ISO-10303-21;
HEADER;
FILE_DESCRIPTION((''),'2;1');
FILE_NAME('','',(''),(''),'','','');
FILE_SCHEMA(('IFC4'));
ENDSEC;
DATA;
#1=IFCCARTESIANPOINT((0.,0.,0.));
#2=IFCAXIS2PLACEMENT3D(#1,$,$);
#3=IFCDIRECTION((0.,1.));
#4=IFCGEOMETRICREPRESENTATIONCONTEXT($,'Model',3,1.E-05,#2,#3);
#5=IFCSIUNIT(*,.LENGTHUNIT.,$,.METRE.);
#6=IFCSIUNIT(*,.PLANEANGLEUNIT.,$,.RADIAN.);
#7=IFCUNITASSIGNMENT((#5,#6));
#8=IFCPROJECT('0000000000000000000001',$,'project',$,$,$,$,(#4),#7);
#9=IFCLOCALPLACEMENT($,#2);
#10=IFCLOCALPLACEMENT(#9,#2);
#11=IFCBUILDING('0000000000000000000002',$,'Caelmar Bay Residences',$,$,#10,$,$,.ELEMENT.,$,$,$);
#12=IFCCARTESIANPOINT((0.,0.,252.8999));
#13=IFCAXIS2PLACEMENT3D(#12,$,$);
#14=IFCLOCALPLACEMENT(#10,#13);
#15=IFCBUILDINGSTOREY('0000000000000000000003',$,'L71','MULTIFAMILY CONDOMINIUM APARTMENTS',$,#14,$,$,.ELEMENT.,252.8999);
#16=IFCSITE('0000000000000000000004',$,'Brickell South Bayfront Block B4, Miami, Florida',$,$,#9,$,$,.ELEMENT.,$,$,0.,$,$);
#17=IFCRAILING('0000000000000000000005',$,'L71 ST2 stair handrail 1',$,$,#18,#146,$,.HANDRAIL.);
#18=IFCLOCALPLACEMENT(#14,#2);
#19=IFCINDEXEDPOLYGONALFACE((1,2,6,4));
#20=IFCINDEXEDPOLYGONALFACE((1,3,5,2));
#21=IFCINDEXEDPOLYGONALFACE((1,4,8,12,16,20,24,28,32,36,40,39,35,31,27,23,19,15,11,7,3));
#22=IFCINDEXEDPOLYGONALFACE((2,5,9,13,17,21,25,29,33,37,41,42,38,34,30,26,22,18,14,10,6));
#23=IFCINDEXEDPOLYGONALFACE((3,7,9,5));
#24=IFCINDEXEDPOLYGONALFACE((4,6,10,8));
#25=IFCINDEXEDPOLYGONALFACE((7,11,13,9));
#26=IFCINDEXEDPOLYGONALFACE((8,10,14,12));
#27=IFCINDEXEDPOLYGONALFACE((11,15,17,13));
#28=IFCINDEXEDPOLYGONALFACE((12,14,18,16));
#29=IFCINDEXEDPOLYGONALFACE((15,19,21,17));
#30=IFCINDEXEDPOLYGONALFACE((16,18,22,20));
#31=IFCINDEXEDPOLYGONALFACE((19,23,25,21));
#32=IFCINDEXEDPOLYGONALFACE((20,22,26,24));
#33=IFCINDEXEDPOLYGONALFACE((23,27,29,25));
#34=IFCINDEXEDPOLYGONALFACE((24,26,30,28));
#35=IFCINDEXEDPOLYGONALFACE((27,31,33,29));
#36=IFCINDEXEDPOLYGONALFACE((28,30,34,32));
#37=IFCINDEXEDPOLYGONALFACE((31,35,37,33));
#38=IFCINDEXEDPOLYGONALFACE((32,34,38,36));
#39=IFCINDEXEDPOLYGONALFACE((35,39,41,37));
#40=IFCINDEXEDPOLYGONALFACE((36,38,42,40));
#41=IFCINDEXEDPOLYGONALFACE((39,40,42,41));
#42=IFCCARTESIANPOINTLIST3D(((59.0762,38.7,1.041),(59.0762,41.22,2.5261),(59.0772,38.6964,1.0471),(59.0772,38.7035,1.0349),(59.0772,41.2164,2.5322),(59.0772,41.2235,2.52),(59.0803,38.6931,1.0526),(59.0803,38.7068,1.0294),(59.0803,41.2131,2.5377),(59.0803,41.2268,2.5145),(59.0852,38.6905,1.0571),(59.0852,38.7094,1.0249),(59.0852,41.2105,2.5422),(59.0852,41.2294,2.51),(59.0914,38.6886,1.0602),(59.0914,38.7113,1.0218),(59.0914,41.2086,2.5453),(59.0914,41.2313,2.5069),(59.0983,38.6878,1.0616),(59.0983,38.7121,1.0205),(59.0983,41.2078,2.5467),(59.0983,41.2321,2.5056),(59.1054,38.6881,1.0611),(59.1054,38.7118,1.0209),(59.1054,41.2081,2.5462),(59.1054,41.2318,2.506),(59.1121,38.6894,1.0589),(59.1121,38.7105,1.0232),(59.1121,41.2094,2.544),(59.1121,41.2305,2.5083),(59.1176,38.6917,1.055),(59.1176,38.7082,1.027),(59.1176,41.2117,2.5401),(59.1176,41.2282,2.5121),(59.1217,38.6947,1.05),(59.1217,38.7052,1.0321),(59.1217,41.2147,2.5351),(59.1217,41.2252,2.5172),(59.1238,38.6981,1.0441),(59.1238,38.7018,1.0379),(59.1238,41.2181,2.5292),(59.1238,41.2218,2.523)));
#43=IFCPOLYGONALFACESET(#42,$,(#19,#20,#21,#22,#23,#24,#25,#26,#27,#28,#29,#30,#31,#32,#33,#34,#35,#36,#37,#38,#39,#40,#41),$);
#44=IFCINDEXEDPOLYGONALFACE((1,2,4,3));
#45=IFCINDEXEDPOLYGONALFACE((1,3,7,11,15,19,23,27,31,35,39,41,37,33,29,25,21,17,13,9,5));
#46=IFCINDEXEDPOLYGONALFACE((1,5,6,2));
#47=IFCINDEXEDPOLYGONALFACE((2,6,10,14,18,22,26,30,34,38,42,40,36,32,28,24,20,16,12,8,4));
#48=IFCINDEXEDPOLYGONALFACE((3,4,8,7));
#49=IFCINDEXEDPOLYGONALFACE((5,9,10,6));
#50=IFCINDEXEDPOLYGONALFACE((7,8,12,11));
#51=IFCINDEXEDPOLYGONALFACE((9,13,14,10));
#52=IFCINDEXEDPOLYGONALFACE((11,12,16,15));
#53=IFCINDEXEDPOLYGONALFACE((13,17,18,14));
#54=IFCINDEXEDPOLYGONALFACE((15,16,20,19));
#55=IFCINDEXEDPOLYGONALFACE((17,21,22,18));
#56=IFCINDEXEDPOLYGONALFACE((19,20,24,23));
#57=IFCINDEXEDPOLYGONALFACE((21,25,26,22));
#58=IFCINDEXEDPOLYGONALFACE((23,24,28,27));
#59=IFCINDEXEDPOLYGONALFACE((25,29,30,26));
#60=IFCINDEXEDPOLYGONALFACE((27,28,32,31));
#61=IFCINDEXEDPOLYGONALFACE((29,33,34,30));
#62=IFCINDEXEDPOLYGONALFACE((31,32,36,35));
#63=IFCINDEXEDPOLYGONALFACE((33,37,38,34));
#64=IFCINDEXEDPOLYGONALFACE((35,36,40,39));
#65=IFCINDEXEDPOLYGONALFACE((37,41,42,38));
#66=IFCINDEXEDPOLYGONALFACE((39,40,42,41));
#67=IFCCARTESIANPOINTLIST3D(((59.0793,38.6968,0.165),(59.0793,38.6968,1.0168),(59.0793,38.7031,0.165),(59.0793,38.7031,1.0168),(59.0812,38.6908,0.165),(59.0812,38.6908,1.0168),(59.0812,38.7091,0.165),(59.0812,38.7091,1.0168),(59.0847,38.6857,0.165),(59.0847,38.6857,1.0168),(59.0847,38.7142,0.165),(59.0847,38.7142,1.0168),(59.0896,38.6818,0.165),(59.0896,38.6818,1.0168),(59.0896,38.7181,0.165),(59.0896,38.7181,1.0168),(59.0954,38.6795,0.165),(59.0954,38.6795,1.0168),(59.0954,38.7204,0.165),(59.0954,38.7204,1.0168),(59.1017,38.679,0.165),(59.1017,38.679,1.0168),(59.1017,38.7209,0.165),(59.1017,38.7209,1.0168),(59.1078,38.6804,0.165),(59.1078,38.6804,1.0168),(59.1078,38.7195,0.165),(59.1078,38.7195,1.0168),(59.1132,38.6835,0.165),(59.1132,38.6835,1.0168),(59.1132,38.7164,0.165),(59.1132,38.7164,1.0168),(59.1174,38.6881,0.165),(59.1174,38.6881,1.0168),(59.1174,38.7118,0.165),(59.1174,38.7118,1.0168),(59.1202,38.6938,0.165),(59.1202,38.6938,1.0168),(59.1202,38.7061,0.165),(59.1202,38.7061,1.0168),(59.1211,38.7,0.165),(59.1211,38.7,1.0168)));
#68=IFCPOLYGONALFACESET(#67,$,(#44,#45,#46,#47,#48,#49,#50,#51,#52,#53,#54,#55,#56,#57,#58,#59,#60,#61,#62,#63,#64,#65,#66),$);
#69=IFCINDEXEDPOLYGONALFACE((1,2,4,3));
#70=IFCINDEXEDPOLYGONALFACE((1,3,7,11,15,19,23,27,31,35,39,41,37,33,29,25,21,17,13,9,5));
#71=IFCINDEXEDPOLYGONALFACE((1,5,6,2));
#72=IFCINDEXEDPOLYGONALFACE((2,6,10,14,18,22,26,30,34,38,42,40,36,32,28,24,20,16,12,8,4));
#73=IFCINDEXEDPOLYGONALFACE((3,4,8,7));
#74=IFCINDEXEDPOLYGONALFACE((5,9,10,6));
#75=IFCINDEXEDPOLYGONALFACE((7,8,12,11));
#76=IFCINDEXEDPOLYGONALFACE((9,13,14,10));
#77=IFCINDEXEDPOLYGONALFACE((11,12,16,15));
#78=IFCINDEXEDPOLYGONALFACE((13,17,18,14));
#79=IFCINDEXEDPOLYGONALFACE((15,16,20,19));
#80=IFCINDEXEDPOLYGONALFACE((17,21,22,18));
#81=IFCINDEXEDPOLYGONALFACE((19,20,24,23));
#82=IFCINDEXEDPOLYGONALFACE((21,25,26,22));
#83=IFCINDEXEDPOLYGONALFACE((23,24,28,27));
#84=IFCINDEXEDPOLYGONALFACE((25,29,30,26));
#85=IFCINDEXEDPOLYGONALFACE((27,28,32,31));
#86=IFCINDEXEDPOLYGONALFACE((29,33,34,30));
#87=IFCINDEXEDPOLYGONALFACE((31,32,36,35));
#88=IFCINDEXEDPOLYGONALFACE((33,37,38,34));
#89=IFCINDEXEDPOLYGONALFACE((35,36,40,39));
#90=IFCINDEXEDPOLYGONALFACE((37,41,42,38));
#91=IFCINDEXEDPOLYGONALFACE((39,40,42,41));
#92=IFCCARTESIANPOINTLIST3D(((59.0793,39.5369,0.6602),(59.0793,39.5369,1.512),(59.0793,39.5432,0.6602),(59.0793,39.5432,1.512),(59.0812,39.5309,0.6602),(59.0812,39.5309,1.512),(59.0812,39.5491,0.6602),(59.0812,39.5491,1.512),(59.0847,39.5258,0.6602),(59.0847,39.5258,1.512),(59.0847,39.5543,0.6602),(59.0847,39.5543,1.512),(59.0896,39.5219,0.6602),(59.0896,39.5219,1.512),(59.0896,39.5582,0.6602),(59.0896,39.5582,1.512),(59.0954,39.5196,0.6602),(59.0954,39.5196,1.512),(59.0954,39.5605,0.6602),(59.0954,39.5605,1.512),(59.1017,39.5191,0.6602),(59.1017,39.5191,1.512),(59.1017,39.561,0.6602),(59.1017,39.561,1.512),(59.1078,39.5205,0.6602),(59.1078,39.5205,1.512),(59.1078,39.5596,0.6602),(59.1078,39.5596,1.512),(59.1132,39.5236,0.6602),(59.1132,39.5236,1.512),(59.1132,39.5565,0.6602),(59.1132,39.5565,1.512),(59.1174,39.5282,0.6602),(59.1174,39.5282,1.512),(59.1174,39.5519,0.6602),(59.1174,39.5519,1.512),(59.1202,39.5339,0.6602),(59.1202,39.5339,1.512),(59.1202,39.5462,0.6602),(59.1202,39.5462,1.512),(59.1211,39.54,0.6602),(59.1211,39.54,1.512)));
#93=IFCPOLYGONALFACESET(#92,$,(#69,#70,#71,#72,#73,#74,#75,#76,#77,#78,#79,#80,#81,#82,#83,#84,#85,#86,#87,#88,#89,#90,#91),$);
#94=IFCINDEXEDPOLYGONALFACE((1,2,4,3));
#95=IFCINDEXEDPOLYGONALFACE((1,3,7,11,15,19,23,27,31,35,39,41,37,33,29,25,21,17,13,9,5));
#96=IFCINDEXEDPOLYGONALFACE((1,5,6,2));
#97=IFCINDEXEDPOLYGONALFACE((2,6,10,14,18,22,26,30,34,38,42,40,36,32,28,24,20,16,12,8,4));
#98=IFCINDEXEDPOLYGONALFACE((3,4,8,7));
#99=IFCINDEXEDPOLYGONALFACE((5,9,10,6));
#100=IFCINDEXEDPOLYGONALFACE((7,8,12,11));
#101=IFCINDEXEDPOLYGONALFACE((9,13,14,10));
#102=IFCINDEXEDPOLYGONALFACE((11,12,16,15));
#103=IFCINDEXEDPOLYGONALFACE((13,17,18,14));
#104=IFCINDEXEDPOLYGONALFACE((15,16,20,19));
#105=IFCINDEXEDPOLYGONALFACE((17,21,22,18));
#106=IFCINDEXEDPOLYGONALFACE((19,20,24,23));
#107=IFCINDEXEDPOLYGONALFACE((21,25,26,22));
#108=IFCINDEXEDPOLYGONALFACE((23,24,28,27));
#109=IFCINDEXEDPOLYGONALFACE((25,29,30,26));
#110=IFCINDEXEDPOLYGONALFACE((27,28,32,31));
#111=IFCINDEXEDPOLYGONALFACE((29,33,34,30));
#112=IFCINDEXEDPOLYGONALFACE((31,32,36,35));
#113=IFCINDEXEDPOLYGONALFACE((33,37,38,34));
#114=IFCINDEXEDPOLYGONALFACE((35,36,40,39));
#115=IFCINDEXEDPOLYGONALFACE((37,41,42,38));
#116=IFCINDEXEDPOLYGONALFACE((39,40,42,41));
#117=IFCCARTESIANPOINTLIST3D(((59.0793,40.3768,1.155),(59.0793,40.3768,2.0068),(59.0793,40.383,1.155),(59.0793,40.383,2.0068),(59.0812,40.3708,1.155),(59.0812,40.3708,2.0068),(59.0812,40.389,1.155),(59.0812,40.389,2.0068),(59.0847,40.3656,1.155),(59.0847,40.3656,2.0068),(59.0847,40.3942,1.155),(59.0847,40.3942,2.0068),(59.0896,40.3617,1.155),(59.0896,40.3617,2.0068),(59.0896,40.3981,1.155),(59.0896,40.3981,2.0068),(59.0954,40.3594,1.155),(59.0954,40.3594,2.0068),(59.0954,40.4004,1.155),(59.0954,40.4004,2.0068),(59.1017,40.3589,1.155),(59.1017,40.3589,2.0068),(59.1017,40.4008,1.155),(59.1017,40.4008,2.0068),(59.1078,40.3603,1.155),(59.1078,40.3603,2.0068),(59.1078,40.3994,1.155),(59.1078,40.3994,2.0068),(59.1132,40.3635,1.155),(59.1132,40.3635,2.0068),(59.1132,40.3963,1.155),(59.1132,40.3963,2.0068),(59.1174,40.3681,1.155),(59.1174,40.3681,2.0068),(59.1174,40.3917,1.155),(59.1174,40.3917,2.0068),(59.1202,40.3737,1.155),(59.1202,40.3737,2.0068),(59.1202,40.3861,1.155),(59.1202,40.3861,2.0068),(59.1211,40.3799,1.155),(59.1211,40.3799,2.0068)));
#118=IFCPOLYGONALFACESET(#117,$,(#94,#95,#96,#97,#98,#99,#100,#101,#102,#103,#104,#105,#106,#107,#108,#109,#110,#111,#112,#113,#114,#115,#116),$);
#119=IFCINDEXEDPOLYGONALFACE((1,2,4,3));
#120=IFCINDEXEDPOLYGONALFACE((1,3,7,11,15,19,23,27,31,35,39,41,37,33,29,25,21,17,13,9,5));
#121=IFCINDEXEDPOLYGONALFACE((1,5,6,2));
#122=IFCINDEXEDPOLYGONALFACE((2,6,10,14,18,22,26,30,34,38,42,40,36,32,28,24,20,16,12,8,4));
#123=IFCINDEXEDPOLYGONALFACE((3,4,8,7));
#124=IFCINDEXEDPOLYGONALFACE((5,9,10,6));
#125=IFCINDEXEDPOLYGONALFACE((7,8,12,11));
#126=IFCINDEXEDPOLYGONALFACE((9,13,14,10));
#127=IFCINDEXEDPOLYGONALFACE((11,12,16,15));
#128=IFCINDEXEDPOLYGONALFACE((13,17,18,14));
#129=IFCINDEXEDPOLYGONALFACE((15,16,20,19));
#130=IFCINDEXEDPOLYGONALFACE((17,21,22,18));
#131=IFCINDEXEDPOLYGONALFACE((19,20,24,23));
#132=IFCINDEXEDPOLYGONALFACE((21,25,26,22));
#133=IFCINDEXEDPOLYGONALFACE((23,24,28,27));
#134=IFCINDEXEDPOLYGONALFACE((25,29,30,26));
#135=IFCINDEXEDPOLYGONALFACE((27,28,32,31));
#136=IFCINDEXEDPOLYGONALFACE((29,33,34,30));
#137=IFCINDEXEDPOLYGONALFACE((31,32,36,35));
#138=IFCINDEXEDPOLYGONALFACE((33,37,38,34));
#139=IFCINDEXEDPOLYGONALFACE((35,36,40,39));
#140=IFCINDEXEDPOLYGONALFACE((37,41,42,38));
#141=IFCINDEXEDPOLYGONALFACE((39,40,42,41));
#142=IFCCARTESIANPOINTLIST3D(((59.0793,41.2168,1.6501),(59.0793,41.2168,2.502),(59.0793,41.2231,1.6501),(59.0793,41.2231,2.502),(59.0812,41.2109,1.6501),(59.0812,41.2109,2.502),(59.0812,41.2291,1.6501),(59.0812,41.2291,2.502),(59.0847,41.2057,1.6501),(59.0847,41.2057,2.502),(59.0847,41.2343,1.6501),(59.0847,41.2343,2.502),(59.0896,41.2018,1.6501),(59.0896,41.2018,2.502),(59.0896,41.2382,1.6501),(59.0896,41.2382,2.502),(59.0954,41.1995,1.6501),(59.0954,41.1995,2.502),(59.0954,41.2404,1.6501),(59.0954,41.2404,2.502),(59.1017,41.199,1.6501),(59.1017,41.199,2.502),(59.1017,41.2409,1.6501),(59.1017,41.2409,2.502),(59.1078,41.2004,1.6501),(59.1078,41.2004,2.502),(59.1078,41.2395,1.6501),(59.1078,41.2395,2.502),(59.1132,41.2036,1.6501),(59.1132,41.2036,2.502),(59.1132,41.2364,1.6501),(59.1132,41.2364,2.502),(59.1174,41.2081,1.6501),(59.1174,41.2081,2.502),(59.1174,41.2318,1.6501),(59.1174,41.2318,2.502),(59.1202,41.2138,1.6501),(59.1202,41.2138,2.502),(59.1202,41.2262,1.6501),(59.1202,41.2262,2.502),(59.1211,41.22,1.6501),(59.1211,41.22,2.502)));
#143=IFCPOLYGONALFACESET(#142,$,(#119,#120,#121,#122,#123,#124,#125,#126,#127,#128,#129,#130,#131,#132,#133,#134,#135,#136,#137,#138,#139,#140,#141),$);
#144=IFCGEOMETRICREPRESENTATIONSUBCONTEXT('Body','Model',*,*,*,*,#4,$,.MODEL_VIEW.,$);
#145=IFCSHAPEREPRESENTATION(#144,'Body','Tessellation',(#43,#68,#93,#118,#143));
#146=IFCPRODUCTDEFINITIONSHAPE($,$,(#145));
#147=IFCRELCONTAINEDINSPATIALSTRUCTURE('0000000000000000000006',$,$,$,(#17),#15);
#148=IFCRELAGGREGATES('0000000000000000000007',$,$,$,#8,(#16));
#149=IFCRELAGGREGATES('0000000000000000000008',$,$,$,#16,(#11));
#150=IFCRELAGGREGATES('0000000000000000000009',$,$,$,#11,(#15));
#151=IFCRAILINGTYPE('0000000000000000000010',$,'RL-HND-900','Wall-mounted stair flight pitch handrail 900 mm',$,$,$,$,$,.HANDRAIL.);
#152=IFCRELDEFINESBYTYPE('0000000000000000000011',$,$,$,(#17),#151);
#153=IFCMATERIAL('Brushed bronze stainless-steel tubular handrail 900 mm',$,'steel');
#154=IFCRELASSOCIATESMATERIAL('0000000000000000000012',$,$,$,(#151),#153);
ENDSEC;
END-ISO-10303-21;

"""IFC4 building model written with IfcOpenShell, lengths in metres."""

from ifc_helpers import new_model, si_unit, direction, frame, origin, origin_2d, place, context, subcontext, project, spatial, circle, extrude, material, type_object, element, save


model = new_model("IFC4")

# Units and contexts
model_context = context("Model", 3, precision=1e-05, world=origin(), true_north=direction((0.0, 1.0)))
body_context = subcontext(model_context, "Body", "Model", "MODEL_VIEW")
ifc_project = project(units=[si_unit("LENGTHUNIT", "METRE"), si_unit("PLANEANGLEUNIT", "RADIAN")], contexts=[model_context])

# Site, building, storey
site_placement = place(None, origin())
site = spatial("IfcSite", under=ifc_project, at=site_placement, Name="Brickell South Bayfront Block B4, Miami, Florida", CompositionType="ELEMENT", RefElevation=0.0)
building_placement = place(site_placement, origin())
building = spatial("IfcBuilding", under=site, at=building_placement, Name="Caelmar Bay Residences", CompositionType="ELEMENT")
storey_placement = place(building_placement, frame((0.0, 0.0, 252.8999)))
storey = spatial("IfcBuildingStorey", under=building, at=storey_placement, Name="L71", Description="MULTIFAMILY CONDOMINIUM APARTMENTS", CompositionType="ELEMENT", Elevation=252.8999)

# Railing
ifc_material_1 = material(Name="Brushed bronze stainless-steel tubular handrail 900 mm", Category="steel")
railing_type_1 = type_object("IfcRailingType", Name="RL-HND-900", Description="Wall-mounted stair flight pitch handrail 900 mm", PredefinedType="HANDRAIL", material=ifc_material_1)
railing_1_placement = place(storey_placement, frame((59.1001, 38.7, 0.165)))
element("IfcRailing", 1, at=railing_1_placement, inside=storey, type_object=railing_type_1, Name="L71 ST2 stair handrail 1", PredefinedType="HANDRAIL", context=body_context, shape_type="SweptSolid", body=[
    extrude(circle(Radius=0.0239, at=origin_2d()), frame((0.0, 0.0, 0.876), z_axis=(0.0, 0.861524, 0.507717), x_axis=(-1.0, 0.0, 0.0)), (0.0, 0.0, 1.0), 2.925),
    extrude(circle(Radius=0.021, at=origin_2d()), origin(), (0.0, 0.0, 1.0), 0.8518),
    extrude(circle(Radius=0.021, at=origin_2d()), frame((0.0, 0.8401, 0.4951)), (0.0, 0.0, 1.0), 0.8518),
    extrude(circle(Radius=0.021, at=origin_2d()), frame((0.0, 1.6799, 0.99)), (0.0, 0.0, 1.0), 0.8518),
    extrude(circle(Radius=0.021, at=origin_2d()), frame((0.0, 2.52, 1.4851)), (0.0, 0.0, 1.0), 0.8518),
])

save(model, "model.ifc")
